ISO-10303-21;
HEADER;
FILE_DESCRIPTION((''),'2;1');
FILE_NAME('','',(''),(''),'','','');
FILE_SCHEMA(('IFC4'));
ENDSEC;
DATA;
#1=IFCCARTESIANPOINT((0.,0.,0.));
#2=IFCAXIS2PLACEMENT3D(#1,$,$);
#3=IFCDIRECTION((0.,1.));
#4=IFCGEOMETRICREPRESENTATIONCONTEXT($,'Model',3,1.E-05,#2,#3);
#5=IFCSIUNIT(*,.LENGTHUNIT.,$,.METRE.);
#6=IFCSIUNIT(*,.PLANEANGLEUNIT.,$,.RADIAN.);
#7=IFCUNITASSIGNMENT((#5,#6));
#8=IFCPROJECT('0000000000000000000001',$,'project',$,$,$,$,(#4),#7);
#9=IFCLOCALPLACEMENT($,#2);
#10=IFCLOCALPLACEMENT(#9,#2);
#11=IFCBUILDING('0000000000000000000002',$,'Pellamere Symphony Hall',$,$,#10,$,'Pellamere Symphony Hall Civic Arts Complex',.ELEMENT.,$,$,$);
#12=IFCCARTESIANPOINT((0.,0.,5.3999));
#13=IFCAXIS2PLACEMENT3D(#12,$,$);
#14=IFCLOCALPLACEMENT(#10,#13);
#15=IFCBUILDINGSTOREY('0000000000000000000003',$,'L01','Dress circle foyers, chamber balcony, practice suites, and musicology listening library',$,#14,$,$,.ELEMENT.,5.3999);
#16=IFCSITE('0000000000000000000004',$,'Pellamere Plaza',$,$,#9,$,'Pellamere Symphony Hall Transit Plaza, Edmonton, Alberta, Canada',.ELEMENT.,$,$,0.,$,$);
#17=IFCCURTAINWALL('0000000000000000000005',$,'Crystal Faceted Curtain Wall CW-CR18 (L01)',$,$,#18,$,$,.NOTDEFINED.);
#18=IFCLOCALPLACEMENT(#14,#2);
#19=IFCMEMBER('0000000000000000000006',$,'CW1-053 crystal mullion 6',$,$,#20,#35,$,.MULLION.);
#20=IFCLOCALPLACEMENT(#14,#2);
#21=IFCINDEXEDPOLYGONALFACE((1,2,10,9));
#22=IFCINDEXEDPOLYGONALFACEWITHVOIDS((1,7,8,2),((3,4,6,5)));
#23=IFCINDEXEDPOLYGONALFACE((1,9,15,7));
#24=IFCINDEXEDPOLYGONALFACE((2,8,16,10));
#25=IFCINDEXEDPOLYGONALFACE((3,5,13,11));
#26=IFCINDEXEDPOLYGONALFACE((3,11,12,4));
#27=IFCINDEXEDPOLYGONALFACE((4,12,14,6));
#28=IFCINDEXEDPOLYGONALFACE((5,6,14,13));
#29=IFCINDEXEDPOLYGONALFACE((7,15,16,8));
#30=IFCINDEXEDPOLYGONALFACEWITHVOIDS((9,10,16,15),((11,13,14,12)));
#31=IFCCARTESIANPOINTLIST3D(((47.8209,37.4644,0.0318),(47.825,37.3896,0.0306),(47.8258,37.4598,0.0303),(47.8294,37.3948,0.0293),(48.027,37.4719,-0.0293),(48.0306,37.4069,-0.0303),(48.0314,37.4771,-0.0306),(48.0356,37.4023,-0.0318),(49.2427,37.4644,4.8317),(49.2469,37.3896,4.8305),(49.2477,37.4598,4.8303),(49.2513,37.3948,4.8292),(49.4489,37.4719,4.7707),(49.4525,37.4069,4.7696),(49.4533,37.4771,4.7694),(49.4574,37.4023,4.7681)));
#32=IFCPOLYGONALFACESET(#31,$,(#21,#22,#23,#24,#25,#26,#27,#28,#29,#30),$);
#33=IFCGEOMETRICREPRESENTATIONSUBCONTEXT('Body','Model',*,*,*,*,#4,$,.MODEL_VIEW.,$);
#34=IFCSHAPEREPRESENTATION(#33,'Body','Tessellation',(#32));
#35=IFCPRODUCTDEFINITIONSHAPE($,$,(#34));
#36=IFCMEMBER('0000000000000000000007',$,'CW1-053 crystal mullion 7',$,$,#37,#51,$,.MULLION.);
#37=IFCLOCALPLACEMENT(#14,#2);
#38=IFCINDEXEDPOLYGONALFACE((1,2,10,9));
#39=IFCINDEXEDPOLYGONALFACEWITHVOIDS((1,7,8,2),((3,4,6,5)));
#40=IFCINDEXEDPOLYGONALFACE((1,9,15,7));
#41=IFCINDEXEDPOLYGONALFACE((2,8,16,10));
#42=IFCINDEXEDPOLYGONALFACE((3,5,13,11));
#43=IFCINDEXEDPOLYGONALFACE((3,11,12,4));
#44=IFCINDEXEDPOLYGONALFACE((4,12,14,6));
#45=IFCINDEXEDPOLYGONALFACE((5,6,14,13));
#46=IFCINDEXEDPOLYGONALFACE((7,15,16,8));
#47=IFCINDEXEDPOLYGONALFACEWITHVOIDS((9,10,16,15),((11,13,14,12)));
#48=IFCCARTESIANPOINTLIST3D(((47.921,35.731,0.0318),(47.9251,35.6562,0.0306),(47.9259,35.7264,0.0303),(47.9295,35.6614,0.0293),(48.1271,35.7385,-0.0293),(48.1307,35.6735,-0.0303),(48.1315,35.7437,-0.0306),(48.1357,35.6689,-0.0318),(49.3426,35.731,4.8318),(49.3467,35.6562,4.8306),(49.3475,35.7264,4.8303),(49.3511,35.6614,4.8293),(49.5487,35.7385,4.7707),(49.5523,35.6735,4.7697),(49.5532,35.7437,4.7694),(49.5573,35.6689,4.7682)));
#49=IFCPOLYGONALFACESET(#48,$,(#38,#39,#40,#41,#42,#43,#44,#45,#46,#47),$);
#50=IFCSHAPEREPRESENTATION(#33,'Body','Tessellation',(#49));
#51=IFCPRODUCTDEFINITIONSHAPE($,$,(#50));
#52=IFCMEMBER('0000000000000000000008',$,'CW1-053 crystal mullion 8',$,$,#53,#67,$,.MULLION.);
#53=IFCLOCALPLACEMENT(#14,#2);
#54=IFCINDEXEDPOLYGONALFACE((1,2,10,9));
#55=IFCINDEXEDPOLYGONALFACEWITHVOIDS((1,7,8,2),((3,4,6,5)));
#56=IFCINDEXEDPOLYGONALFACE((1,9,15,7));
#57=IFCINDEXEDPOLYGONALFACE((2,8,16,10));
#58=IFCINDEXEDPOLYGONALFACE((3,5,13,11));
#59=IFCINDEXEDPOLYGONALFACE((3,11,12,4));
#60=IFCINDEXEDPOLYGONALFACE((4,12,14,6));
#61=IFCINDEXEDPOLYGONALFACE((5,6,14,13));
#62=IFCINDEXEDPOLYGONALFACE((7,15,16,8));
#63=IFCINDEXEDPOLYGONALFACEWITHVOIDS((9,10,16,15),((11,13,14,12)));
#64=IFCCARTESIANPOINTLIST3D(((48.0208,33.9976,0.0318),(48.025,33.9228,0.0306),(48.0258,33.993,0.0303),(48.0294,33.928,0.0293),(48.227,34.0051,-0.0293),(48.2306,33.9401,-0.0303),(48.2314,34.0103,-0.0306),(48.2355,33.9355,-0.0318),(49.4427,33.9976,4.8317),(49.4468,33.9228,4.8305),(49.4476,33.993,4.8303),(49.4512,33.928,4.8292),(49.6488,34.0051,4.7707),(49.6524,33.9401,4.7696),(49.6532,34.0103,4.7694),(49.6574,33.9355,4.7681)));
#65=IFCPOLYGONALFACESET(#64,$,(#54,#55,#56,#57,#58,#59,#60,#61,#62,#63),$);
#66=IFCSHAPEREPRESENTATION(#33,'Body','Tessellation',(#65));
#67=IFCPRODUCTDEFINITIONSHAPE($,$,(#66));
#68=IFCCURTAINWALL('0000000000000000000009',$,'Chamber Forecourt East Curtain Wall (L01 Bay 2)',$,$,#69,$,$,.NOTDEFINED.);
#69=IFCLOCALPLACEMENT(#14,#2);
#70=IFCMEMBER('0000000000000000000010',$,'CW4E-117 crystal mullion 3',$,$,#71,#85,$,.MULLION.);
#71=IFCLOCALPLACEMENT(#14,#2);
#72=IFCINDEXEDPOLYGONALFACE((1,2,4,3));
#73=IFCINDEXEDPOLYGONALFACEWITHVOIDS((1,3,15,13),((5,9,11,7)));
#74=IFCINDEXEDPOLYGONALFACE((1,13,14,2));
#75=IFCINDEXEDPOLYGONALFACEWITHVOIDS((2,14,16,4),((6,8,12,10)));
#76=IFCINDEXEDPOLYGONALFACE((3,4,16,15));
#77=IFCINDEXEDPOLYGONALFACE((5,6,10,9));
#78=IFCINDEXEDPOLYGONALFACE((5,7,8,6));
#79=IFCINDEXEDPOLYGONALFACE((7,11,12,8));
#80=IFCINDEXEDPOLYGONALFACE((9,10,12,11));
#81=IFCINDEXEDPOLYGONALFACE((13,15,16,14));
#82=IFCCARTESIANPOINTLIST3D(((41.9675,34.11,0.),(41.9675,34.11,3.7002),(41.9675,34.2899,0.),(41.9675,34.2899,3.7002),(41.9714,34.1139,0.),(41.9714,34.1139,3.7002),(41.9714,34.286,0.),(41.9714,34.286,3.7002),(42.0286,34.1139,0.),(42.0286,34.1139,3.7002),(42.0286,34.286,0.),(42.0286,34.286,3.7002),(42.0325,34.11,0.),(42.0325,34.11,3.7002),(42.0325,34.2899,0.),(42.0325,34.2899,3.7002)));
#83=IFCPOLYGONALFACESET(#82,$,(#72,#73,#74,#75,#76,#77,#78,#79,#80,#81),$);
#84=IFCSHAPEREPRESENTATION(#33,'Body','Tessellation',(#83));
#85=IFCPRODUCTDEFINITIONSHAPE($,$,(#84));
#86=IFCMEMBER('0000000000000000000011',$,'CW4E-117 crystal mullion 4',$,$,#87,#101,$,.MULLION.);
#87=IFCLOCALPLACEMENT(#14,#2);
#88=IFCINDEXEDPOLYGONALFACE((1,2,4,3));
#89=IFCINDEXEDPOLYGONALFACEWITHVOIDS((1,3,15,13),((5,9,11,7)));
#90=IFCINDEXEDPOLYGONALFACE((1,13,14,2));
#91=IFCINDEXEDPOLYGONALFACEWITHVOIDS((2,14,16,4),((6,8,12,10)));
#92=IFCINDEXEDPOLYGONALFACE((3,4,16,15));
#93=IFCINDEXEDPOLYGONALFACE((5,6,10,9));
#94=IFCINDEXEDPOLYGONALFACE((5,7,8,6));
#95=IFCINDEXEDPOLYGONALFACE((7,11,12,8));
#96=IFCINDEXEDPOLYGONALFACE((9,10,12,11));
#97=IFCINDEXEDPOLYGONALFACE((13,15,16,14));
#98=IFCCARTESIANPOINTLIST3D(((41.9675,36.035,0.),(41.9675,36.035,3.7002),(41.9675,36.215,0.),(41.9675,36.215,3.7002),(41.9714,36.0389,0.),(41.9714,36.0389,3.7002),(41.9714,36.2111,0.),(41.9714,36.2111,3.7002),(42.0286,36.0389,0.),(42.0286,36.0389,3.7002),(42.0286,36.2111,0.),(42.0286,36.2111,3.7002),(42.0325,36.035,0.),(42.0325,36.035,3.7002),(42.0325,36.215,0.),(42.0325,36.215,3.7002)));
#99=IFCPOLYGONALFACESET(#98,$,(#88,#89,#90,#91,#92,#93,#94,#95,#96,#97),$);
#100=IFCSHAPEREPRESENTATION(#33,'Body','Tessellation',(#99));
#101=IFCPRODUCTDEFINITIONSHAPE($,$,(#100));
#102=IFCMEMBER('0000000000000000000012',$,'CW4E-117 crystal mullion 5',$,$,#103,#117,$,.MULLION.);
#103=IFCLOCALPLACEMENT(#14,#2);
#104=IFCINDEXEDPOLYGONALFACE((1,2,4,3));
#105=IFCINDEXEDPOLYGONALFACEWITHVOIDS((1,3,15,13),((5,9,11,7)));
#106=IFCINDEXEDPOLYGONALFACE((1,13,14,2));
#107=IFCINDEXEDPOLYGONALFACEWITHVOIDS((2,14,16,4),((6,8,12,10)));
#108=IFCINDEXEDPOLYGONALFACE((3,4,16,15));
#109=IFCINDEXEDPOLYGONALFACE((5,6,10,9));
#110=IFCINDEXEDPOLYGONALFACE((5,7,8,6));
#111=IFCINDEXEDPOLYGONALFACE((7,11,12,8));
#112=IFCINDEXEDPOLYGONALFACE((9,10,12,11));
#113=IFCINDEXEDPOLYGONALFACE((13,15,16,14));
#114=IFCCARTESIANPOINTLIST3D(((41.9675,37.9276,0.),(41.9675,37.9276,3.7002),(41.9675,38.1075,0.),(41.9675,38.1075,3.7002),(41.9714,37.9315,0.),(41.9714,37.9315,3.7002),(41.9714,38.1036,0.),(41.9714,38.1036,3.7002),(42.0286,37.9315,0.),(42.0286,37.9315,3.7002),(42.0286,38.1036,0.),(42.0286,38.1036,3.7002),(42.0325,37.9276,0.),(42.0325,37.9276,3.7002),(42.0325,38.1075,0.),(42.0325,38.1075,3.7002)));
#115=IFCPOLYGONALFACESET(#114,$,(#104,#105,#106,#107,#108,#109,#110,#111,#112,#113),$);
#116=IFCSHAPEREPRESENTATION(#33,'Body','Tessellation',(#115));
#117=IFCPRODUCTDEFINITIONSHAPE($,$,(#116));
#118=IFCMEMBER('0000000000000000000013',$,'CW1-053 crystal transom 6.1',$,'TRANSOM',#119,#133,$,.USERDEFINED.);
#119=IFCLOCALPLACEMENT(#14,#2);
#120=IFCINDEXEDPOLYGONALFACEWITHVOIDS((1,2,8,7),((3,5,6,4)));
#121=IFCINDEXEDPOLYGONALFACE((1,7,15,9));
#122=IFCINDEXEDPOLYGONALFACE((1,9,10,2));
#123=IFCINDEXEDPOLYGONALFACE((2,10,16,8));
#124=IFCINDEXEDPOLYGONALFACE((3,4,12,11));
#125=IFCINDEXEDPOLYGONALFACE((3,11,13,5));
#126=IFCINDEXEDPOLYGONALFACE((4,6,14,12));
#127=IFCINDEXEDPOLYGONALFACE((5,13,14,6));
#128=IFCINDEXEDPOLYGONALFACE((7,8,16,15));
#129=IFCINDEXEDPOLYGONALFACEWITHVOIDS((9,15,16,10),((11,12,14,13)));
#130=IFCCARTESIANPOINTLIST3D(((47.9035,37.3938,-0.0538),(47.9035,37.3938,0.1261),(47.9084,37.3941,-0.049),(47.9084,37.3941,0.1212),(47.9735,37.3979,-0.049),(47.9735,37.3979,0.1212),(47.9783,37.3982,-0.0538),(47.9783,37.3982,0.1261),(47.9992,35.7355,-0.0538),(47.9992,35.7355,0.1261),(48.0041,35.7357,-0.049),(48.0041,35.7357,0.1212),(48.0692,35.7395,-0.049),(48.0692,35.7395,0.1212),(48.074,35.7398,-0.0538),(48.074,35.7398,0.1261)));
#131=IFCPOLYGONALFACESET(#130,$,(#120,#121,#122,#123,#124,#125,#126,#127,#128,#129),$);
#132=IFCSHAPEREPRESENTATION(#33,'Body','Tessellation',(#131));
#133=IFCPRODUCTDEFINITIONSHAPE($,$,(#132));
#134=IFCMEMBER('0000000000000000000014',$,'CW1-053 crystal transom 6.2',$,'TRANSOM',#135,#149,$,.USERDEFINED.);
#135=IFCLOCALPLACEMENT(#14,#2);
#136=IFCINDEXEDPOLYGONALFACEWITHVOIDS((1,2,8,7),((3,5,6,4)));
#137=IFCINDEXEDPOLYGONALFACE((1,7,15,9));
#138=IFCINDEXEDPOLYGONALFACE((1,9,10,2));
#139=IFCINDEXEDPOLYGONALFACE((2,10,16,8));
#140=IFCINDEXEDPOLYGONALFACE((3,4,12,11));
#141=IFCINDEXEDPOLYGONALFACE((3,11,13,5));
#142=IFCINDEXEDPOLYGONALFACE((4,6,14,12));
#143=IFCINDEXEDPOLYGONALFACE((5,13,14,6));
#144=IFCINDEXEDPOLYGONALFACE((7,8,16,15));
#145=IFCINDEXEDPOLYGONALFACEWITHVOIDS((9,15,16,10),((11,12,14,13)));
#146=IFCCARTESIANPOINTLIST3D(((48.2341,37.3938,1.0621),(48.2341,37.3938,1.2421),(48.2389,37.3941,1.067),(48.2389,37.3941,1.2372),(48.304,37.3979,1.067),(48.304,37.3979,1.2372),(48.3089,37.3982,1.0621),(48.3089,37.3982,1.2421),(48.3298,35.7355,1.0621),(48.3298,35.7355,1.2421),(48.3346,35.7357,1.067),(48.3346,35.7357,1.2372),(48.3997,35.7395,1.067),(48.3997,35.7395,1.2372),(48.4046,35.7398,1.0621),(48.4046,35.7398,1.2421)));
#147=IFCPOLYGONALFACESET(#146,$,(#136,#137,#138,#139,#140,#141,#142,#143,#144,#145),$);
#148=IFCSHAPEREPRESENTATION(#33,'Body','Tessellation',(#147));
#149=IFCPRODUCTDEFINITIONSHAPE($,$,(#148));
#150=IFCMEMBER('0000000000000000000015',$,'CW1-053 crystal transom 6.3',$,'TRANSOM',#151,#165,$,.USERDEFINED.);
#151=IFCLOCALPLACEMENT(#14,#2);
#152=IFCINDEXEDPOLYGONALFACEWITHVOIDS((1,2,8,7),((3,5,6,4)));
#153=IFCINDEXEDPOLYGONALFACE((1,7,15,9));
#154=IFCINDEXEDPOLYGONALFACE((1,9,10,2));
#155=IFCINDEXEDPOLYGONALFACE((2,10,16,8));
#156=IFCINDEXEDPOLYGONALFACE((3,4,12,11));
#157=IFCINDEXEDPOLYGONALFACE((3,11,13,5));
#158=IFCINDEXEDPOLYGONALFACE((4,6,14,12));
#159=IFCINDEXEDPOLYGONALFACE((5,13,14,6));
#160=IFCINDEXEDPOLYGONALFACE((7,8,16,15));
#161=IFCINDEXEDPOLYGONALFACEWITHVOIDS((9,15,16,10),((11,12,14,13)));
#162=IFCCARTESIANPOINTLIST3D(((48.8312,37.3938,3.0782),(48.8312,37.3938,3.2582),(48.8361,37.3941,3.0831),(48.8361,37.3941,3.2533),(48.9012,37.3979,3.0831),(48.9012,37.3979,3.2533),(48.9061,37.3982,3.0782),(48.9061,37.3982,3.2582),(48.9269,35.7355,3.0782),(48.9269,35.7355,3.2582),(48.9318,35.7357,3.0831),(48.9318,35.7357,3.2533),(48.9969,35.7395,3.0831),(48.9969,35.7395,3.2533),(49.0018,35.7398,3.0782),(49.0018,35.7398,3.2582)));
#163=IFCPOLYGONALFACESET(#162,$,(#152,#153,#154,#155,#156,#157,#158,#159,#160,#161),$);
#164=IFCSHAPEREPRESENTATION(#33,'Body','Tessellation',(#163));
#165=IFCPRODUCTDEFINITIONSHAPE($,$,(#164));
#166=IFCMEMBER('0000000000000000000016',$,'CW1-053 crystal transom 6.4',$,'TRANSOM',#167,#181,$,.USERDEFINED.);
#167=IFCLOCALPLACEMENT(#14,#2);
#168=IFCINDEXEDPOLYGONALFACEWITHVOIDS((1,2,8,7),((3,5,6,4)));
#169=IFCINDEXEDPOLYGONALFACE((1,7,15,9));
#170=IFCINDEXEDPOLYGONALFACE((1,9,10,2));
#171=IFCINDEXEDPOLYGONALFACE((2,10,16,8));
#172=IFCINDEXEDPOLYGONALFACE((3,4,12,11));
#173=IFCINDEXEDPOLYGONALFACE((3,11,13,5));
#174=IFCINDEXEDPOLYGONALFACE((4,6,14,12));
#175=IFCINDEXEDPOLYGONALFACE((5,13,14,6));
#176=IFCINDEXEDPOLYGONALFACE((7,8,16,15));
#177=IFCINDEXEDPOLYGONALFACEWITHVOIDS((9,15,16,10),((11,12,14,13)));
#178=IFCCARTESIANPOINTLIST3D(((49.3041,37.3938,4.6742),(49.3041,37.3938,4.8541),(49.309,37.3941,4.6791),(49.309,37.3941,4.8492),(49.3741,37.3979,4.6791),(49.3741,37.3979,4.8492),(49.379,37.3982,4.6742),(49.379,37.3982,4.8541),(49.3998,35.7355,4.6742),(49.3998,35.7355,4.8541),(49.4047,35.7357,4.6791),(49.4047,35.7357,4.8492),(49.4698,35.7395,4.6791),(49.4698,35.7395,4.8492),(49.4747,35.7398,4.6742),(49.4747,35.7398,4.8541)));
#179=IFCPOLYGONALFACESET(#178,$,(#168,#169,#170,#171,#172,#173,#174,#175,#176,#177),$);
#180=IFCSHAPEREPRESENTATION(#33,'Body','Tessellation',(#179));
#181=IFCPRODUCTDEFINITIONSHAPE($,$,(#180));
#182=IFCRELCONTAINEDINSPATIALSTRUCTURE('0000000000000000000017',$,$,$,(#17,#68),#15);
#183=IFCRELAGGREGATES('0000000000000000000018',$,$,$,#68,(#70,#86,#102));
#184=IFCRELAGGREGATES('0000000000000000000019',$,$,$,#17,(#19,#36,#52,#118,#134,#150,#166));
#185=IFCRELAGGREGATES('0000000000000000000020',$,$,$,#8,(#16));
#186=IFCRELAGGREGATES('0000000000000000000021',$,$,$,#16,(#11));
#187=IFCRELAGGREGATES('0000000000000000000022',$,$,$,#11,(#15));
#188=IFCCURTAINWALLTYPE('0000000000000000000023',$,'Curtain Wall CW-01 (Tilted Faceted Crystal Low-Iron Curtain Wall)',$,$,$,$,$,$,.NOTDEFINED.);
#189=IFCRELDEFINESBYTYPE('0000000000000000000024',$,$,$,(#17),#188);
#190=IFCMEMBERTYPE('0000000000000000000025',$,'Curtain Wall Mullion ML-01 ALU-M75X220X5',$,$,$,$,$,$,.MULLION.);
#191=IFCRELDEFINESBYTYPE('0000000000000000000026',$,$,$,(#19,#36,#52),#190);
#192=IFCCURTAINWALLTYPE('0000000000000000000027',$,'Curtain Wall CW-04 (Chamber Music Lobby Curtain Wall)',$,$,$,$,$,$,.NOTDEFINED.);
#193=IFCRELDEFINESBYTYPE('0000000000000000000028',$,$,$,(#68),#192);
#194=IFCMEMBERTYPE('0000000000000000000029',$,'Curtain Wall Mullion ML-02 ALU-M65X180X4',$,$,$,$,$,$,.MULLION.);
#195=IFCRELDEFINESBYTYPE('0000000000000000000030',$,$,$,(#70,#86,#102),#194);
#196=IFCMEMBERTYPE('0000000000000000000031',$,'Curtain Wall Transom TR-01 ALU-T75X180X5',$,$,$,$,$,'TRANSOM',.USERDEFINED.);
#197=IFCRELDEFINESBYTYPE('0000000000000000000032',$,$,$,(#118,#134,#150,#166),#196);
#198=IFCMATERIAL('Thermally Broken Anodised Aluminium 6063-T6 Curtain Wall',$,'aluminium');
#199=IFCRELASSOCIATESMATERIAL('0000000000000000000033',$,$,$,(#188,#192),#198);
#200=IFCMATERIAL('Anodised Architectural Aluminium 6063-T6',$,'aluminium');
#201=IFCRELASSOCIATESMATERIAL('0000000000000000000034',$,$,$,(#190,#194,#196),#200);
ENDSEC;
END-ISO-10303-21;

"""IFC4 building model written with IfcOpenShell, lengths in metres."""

from ifc_helpers import new_model, si_unit, direction, frame, origin, origin_2d, place, context, subcontext, project, spatial, hollow_rectangle, extrude, material, material_profile, profile_set, type_object, element, aggregate, save


model = new_model("IFC4")

# Units and contexts
model_context = context("Model", 3, precision=1e-05, world=origin(), true_north=direction((0.0, 1.0)))
body_context = subcontext(model_context, "Body", "Model", "MODEL_VIEW")
ifc_project = project(units=[si_unit("LENGTHUNIT", "METRE"), si_unit("PLANEANGLEUNIT", "RADIAN")], contexts=[model_context])

# Site, building, storey
site_placement = place(None, origin())
site = spatial("IfcSite", under=ifc_project, at=site_placement, Name="Pellamere Plaza", LongName="Pellamere Symphony Hall Transit Plaza, Edmonton, Alberta, Canada", CompositionType="ELEMENT", RefElevation=0.0)
building_placement = place(site_placement, origin())
building = spatial("IfcBuilding", under=site, at=building_placement, Name="Pellamere Symphony Hall", LongName="Pellamere Symphony Hall Civic Arts Complex", CompositionType="ELEMENT")
storey_placement = place(building_placement, frame((0.0, 0.0, 5.3999)))
storey = spatial("IfcBuildingStorey", under=building, at=storey_placement, Name="L01", Description="Dress circle foyers, chamber balcony, practice suites, and musicology listening library", CompositionType="ELEMENT", Elevation=5.3999)

# Curtain walls, members
ifc_material_1 = material(Name="Thermally Broken Anodised Aluminium 6063-T6 Curtain Wall", Category="aluminium")
curtain_wall_type_1 = type_object("IfcCurtainWallType", Name="Curtain Wall CW-01 (Tilted Faceted Crystal Low-Iron Curtain Wall)", PredefinedType="NOTDEFINED", material=ifc_material_1)
curtain_wall_1_placement = place(storey_placement, origin())
curtain_wall_1 = element("IfcCurtainWall", 1, at=curtain_wall_1_placement, inside=storey, type_object=curtain_wall_type_1, Name="Crystal Faceted Curtain Wall CW-CR18 (L01)", PredefinedType="NOTDEFINED")
ifc_material_2 = material(Name="Anodised Architectural Aluminium 6063-T6", Category="aluminium")
ifc_material_profile_1 = material_profile(ifc_material_2, hollow_rectangle(XDim=0.075, YDim=0.22, WallThickness=0.0049, at=origin_2d()), Name="ALU-M75X220X5")
ifc_profile_set_1 = profile_set([ifc_material_profile_1], Name="Anodised Architectural Aluminium 6063-T6")
member_type_1 = type_object("IfcMemberType", Name="Curtain Wall Mullion ML-01 ALU-M75X220X5", PredefinedType="MULLION", material=ifc_profile_set_1)
member_1_placement = place(storey_placement, frame((47.9282, 37.4333, 0.0), z_axis=(0.284022, 0.0, 0.958818), x_axis=(-0.055225, 0.99834, 0.016359)))
member_1 = element("IfcMember", 2, at=member_1_placement, type_object=member_type_1, Name="CW1-053 crystal mullion 6", PredefinedType="MULLION", context=body_context, shape_type="SweptSolid", body=[
    extrude(hollow_rectangle(XDim=0.075, YDim=0.22, WallThickness=0.0049, at=origin_2d()), origin(), (0.0, 0.0, 1.0), 5.0061),
])
member_2_placement = place(storey_placement, frame((48.0283, 35.7, 0.0), z_axis=(0.283977, 0.0, 0.958831), x_axis=(-0.055225, 0.99834, 0.016356)))
member_2 = element("IfcMember", 3, at=member_2_placement, type_object=member_type_1, Name="CW1-053 crystal mullion 7", PredefinedType="MULLION", context=body_context, shape_type="SweptSolid", body=[
    extrude(hollow_rectangle(XDim=0.075, YDim=0.22, WallThickness=0.0049, at=origin_2d()), origin(), (0.0, 0.0, 1.0), 5.0061),
])
member_3_placement = place(storey_placement, frame((48.1282, 33.9666, 0.0), z_axis=(0.284022, 0.0, 0.958818), x_axis=(-0.055225, 0.99834, 0.016359)))
member_3 = element("IfcMember", 4, at=member_3_placement, type_object=member_type_1, Name="CW1-053 crystal mullion 8", PredefinedType="MULLION", context=body_context, shape_type="SweptSolid", body=[
    extrude(hollow_rectangle(XDim=0.075, YDim=0.22, WallThickness=0.0049, at=origin_2d()), origin(), (0.0, 0.0, 1.0), 5.0061),
])
curtain_wall_type_2 = type_object("IfcCurtainWallType", Name="Curtain Wall CW-04 (Chamber Music Lobby Curtain Wall)", PredefinedType="NOTDEFINED", material=ifc_material_1)
curtain_wall_2_placement = place(storey_placement, origin())
curtain_wall_2 = element("IfcCurtainWall", 5, at=curtain_wall_2_placement, inside=storey, type_object=curtain_wall_type_2, Name="Chamber Forecourt East Curtain Wall (L01 Bay 2)", PredefinedType="NOTDEFINED")
ifc_material_profile_2 = material_profile(ifc_material_2, hollow_rectangle(XDim=0.0649, YDim=0.1799, WallThickness=0.0039, at=origin_2d()), Name="ALU-M65X180X4")
ifc_profile_set_2 = profile_set([ifc_material_profile_2], Name="Anodised Architectural Aluminium 6063-T6")
member_type_2 = type_object("IfcMemberType", Name="Curtain Wall Mullion ML-02 ALU-M65X180X4", PredefinedType="MULLION", material=ifc_profile_set_2)
member_4_placement = place(storey_placement, frame((42.0, 34.2, 0.0), z_axis=(0.0, 0.0, 1.0), x_axis=(-1.0, 0.0, 0.0)))
member_4 = element("IfcMember", 6, at=member_4_placement, type_object=member_type_2, Name="CW4E-117 crystal mullion 3", PredefinedType="MULLION", context=body_context, shape_type="SweptSolid", body=[
    extrude(hollow_rectangle(XDim=0.0649, YDim=0.1799, WallThickness=0.0039, at=origin_2d()), origin(), (0.0, 0.0, 1.0), 3.7002),
])
member_5_placement = place(storey_placement, frame((42.0, 36.125, 0.0), z_axis=(0.0, 0.0, 1.0), x_axis=(-1.0, 0.0, 0.0)))
member_5 = element("IfcMember", 7, at=member_5_placement, type_object=member_type_2, Name="CW4E-117 crystal mullion 4", PredefinedType="MULLION", context=body_context, shape_type="SweptSolid", body=[
    extrude(hollow_rectangle(XDim=0.0649, YDim=0.1799, WallThickness=0.0039, at=origin_2d()), origin(), (0.0, 0.0, 1.0), 3.7002),
])
member_6_placement = place(storey_placement, frame((42.0, 38.0176, 0.0), z_axis=(0.0, 0.0, 1.0), x_axis=(-1.0, 0.0, 0.0)))
member_6 = element("IfcMember", 8, at=member_6_placement, type_object=member_type_2, Name="CW4E-117 crystal mullion 5", PredefinedType="MULLION", context=body_context, shape_type="SweptSolid", body=[
    extrude(hollow_rectangle(XDim=0.0649, YDim=0.1799, WallThickness=0.0039, at=origin_2d()), origin(), (0.0, 0.0, 1.0), 3.7002),
])

# Members
ifc_material_profile_3 = material_profile(ifc_material_2, hollow_rectangle(XDim=0.075, YDim=0.1799, WallThickness=0.0049, at=origin_2d()), Name="ALU-T75X180X5")
ifc_profile_set_3 = profile_set([ifc_material_profile_3], Name="Anodised Architectural Aluminium 6063-T6")
member_type_3 = type_object("IfcMemberType", Name="Curtain Wall Transom TR-01 ALU-T75X180X5", ElementType="TRANSOM", PredefinedType="USERDEFINED", material=ifc_profile_set_3)
member_7_placement = place(storey_placement, frame((47.9409, 37.396, 0.0361), z_axis=(0.057611, -0.998339, 0.0), x_axis=(0.998339, 0.057611, 0.0)))
member_7 = element("IfcMember", 9, at=member_7_placement, type_object=member_type_3, Name="CW1-053 crystal transom 6.1", ObjectType="TRANSOM", PredefinedType="USERDEFINED", context=body_context, shape_type="SweptSolid", body=[
    extrude(hollow_rectangle(XDim=0.075, YDim=0.1799, WallThickness=0.0049, at=origin_2d()), origin(), (0.0, 0.0, 1.0), 1.6611),
])
member_8_placement = place(storey_placement, frame((48.2715, 37.396, 1.1521), z_axis=(0.057611, -0.998339, 0.0), x_axis=(0.998339, 0.057611, 0.0)))
member_8 = element("IfcMember", 10, at=member_8_placement, type_object=member_type_3, Name="CW1-053 crystal transom 6.2", ObjectType="TRANSOM", PredefinedType="USERDEFINED", context=body_context, shape_type="SweptSolid", body=[
    extrude(hollow_rectangle(XDim=0.075, YDim=0.1799, WallThickness=0.0049, at=origin_2d()), origin(), (0.0, 0.0, 1.0), 1.6611),
])
member_9_placement = place(storey_placement, frame((48.8687, 37.396, 3.1682), z_axis=(0.057611, -0.998339, 0.0), x_axis=(0.998339, 0.057611, 0.0)))
member_9 = element("IfcMember", 11, at=member_9_placement, type_object=member_type_3, Name="CW1-053 crystal transom 6.3", ObjectType="TRANSOM", PredefinedType="USERDEFINED", context=body_context, shape_type="SweptSolid", body=[
    extrude(hollow_rectangle(XDim=0.075, YDim=0.1799, WallThickness=0.0049, at=origin_2d()), origin(), (0.0, 0.0, 1.0), 1.6611),
])
member_10_placement = place(storey_placement, frame((49.3416, 37.396, 4.7642), z_axis=(0.057611, -0.998339, 0.0), x_axis=(0.998339, 0.057611, 0.0)))
member_10 = element("IfcMember", 12, at=member_10_placement, type_object=member_type_3, Name="CW1-053 crystal transom 6.4", ObjectType="TRANSOM", PredefinedType="USERDEFINED", context=body_context, shape_type="SweptSolid", body=[
    extrude(hollow_rectangle(XDim=0.075, YDim=0.1799, WallThickness=0.0049, at=origin_2d()), origin(), (0.0, 0.0, 1.0), 1.6611),
])

aggregate(curtain_wall_2, [member_4, member_5, member_6])
aggregate(curtain_wall_1, [member_1, member_2, member_3, member_7, member_8, member_9, member_10])

save(model, "model.ifc")
